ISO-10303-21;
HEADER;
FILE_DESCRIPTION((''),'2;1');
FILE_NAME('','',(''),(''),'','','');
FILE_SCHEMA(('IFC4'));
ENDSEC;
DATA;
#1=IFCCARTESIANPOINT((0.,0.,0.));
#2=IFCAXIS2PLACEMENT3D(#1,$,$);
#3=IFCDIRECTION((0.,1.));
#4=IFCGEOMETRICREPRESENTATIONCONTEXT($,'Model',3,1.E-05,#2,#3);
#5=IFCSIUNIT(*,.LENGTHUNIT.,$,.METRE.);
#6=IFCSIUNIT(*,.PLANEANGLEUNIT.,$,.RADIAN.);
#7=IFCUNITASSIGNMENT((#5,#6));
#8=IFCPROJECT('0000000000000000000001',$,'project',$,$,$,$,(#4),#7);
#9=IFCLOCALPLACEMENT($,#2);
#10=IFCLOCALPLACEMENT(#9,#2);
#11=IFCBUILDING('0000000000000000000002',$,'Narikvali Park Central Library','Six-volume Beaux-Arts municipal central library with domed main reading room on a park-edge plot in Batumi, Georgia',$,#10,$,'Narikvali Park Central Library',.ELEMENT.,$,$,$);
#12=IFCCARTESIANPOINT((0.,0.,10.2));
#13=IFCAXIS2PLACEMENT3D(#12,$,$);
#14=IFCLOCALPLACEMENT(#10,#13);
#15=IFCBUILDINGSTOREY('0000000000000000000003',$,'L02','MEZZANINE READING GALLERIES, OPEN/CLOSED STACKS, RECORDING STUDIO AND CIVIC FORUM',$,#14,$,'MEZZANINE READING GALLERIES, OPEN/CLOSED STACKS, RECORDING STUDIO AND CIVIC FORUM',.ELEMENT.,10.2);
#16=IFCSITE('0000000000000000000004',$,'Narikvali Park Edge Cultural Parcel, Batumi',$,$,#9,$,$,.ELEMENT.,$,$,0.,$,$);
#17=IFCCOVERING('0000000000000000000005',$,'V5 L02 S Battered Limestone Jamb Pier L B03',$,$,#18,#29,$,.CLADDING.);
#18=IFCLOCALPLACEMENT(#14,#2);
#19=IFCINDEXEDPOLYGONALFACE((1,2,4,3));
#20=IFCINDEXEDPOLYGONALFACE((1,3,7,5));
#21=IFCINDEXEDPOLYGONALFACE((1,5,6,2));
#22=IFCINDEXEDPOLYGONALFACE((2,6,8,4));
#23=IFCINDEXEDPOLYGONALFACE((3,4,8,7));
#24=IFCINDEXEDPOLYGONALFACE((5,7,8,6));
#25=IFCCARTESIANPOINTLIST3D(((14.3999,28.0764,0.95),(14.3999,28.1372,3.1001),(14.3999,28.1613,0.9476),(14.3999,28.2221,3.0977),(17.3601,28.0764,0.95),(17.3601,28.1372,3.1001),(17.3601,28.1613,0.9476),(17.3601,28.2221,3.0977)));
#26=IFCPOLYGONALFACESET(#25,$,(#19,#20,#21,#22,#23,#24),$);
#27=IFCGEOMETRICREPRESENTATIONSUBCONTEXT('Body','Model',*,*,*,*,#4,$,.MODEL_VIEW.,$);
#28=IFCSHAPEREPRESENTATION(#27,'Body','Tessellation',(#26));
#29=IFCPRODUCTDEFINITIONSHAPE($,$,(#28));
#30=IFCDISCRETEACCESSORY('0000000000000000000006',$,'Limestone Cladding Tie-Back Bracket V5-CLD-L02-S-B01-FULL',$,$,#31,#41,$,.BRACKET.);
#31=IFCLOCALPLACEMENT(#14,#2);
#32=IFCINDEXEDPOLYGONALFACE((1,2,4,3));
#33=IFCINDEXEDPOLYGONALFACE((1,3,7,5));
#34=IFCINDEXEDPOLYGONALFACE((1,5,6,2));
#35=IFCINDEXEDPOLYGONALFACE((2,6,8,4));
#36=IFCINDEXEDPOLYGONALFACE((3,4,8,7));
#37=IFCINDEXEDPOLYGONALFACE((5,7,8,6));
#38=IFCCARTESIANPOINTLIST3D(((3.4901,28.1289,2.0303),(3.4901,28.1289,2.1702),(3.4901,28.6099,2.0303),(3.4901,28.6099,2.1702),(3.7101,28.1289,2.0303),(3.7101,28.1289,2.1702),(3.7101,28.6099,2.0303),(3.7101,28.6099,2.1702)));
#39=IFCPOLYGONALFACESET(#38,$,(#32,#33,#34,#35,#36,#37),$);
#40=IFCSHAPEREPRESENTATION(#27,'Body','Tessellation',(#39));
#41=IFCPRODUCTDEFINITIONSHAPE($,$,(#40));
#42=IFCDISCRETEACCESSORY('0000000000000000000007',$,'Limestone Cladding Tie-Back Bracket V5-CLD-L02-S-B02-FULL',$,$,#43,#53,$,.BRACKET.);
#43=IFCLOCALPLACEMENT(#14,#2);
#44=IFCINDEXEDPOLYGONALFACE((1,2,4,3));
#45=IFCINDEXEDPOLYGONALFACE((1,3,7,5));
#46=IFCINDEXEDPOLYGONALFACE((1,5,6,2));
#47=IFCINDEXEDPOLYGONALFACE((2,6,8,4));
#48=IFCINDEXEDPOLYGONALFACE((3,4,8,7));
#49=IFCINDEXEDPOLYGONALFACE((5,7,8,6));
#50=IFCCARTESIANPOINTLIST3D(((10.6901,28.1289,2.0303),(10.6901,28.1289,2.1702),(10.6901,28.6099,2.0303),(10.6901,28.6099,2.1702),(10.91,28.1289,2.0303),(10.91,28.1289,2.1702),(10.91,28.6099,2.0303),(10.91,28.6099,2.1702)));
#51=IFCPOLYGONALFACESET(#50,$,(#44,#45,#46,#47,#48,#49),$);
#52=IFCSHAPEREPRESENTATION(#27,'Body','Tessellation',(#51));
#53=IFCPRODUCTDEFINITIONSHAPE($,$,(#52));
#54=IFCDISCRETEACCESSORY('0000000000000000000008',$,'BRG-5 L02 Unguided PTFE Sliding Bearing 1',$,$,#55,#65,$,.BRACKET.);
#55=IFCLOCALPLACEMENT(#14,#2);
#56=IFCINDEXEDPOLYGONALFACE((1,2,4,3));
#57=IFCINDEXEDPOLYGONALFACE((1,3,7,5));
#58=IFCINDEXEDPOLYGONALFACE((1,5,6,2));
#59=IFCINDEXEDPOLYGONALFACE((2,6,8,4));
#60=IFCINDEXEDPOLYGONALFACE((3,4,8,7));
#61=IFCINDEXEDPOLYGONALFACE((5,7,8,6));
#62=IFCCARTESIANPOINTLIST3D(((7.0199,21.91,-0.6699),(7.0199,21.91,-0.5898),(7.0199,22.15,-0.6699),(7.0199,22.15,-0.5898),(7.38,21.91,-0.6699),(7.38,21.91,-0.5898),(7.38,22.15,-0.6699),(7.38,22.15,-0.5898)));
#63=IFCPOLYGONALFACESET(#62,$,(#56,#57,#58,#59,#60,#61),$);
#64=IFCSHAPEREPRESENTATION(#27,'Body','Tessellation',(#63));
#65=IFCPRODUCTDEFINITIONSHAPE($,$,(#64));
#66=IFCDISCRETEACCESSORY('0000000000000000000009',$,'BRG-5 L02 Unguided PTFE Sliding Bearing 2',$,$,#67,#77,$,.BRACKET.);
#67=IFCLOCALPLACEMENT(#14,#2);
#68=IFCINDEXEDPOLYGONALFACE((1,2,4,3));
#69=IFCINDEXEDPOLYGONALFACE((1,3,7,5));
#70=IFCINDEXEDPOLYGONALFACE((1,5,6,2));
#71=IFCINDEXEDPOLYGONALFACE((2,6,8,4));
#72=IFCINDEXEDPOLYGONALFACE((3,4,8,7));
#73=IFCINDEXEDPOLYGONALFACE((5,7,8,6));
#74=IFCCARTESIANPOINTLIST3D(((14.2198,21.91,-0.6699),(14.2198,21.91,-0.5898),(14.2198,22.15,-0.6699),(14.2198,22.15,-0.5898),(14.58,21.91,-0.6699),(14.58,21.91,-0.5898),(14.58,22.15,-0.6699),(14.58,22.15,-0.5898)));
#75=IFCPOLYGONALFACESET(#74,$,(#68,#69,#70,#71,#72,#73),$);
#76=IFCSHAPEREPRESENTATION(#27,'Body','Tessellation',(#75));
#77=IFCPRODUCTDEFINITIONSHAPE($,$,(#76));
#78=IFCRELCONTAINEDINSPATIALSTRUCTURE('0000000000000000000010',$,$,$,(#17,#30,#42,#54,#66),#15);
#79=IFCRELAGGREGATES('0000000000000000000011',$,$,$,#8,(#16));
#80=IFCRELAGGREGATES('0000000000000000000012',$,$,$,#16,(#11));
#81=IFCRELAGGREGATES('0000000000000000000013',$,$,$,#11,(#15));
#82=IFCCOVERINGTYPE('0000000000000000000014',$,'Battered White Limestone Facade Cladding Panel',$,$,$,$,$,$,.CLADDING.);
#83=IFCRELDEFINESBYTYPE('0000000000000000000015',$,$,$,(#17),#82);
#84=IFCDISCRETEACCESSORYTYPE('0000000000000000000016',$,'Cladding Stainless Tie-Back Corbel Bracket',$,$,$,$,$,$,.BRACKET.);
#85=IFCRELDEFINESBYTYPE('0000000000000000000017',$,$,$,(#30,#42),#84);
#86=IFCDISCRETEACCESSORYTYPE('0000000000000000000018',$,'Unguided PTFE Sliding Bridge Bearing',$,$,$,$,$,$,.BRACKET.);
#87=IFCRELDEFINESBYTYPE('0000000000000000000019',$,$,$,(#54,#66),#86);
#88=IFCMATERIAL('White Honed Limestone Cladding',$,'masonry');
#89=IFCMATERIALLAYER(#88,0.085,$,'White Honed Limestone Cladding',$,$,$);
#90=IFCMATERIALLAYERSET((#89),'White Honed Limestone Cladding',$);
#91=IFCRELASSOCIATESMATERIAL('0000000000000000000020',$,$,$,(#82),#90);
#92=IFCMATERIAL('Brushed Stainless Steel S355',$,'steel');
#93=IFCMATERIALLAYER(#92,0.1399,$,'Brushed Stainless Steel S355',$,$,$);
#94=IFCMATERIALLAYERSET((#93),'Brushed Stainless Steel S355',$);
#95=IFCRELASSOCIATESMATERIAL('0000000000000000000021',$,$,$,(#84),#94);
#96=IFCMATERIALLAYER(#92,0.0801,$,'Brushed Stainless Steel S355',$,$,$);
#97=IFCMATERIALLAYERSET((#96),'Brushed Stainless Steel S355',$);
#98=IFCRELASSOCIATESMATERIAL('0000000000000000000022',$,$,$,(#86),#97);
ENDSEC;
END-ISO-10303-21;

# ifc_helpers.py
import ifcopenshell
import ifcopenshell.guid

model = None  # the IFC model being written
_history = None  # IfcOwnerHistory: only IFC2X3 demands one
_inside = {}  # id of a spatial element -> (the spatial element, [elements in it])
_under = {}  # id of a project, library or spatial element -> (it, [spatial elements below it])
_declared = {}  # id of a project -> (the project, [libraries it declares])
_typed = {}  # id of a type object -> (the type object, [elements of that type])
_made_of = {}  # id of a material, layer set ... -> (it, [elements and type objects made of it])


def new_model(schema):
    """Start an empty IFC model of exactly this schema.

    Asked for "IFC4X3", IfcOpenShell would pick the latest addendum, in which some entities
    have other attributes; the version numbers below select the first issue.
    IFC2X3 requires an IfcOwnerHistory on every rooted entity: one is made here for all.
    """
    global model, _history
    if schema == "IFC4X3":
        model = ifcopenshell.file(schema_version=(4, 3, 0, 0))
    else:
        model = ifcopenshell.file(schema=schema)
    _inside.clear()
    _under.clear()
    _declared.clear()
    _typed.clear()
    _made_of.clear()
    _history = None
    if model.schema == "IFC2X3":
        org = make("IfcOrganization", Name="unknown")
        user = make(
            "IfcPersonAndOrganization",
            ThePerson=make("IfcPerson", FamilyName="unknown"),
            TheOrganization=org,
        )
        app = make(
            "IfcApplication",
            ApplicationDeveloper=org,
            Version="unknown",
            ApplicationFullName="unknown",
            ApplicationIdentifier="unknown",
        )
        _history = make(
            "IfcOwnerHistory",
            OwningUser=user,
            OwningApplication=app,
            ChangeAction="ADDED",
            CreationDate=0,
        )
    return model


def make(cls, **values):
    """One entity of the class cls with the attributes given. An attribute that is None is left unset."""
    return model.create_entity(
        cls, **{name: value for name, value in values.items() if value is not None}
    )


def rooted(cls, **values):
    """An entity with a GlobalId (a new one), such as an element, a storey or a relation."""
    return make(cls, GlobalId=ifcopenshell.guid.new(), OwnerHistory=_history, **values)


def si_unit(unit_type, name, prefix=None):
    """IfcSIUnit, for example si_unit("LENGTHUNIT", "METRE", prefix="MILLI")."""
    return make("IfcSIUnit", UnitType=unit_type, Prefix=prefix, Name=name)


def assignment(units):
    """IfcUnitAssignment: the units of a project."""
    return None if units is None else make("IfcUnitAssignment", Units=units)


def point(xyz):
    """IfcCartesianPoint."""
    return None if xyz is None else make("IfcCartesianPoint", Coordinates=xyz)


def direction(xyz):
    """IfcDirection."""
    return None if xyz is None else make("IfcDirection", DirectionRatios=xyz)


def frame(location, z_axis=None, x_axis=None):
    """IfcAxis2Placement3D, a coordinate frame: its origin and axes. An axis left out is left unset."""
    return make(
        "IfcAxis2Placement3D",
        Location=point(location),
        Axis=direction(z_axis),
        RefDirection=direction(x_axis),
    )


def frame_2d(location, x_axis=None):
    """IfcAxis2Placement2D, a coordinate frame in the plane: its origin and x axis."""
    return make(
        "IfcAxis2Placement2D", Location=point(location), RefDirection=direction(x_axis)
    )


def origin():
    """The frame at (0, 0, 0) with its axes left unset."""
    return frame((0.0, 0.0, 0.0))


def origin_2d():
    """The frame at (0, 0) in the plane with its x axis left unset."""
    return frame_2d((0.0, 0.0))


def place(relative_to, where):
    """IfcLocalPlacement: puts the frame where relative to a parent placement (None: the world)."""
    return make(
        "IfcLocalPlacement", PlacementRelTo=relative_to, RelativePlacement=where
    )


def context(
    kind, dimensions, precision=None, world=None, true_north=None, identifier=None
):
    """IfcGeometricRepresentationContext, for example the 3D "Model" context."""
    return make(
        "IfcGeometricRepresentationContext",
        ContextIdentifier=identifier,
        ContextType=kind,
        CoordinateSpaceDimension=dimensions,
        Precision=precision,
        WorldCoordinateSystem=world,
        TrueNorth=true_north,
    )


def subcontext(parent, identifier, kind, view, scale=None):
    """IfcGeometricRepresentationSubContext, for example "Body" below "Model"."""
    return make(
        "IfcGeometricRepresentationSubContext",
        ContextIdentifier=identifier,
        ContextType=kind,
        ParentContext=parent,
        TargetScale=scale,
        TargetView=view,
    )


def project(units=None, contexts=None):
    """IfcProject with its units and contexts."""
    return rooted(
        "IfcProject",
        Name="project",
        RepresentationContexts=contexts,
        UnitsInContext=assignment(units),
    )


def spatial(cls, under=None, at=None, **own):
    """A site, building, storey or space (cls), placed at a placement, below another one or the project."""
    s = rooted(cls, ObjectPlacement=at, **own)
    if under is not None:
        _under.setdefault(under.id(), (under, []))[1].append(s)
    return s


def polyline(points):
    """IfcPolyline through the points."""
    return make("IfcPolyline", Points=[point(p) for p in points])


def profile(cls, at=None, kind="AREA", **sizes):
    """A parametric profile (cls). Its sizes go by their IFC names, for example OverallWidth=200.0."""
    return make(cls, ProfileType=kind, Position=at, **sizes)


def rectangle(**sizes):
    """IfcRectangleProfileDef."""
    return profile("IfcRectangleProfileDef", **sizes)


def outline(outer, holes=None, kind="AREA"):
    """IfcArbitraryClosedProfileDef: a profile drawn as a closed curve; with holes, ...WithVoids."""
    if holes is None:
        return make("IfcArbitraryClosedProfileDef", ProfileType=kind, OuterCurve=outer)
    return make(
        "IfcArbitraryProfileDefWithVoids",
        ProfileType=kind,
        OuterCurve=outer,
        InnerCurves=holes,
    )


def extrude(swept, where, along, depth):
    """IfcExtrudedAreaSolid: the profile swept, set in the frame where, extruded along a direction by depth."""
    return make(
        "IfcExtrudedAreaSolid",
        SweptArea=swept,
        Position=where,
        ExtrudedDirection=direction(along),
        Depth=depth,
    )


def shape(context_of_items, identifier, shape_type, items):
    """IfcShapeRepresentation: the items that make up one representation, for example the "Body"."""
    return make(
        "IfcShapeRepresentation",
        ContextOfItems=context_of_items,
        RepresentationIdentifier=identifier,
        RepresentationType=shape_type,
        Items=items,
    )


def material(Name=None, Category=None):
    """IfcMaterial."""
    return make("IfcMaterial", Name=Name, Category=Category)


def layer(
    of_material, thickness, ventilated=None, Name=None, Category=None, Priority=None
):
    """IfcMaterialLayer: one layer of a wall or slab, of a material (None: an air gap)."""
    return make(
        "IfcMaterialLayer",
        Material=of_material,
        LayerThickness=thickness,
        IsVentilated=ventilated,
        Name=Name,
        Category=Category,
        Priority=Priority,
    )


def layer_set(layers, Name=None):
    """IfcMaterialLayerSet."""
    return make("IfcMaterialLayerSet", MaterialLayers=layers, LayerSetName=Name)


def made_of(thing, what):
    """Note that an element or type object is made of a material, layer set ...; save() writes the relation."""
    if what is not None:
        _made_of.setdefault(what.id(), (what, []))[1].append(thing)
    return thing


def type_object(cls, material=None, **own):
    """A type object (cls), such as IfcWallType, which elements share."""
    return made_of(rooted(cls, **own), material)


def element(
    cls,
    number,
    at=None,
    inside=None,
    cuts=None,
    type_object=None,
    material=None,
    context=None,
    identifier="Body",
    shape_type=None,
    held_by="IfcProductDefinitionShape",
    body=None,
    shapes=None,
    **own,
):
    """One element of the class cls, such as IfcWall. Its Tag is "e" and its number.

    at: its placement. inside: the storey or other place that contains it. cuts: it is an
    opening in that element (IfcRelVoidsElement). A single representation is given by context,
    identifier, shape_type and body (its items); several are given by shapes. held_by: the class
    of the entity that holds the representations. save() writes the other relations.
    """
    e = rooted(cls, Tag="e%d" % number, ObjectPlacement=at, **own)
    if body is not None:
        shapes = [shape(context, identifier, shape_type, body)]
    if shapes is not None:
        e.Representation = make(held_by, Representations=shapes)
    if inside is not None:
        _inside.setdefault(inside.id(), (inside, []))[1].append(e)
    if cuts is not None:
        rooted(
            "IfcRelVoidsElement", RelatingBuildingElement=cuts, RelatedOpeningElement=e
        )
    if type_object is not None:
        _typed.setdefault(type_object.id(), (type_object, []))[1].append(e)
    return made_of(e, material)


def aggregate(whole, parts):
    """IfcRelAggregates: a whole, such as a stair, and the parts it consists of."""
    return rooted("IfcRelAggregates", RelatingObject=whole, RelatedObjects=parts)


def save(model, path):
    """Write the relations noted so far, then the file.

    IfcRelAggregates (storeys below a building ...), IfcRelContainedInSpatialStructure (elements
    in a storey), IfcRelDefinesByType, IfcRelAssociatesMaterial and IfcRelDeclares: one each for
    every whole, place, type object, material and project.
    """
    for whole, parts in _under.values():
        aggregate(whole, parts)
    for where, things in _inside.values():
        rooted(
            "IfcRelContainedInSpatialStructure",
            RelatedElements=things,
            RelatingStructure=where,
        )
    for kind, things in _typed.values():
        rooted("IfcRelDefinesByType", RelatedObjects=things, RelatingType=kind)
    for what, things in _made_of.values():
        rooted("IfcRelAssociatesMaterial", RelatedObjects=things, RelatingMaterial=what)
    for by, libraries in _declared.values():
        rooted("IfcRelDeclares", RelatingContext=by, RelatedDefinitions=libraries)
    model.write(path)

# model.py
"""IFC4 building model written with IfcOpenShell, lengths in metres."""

from ifc_helpers import new_model, si_unit, direction, frame, origin, origin_2d, place, context, subcontext, project, spatial, polyline, rectangle, outline, extrude, material, layer, layer_set, type_object, element, save


model = new_model("IFC4")

# Units and contexts
model_context = context("Model", 3, precision=1e-05, world=origin(), true_north=direction((0.0, 1.0)))
body_context = subcontext(model_context, "Body", "Model", "MODEL_VIEW")
ifc_project = project(units=[si_unit("LENGTHUNIT", "METRE"), si_unit("PLANEANGLEUNIT", "RADIAN")], contexts=[model_context])

# Site, building, storey
site_placement = place(None, origin())
site = spatial("IfcSite", under=ifc_project, at=site_placement, Name="Narikvali Park Edge Cultural Parcel, Batumi", CompositionType="ELEMENT", RefElevation=0.0)
building_placement = place(site_placement, origin())
building = spatial("IfcBuilding", under=site, at=building_placement, Name="Narikvali Park Central Library", Description="Six-volume Beaux-Arts municipal central library with domed main reading room on a park-edge plot in Batumi, Georgia", LongName="Narikvali Park Central Library", CompositionType="ELEMENT")
storey_placement = place(building_placement, frame((0.0, 0.0, 10.2)))
storey = spatial("IfcBuildingStorey", under=building, at=storey_placement, Name="L02", Description="MEZZANINE READING GALLERIES, OPEN/CLOSED STACKS, RECORDING STUDIO AND CIVIC FORUM", LongName="MEZZANINE READING GALLERIES, OPEN/CLOSED STACKS, RECORDING STUDIO AND CIVIC FORUM", CompositionType="ELEMENT", Elevation=10.2)

# Covering
ifc_material_1 = material(Name="White Honed Limestone Cladding", Category="masonry")
ifc_layer_1 = layer(ifc_material_1, 0.085, Name="White Honed Limestone Cladding")
ifc_layer_set_1 = layer_set([ifc_layer_1], Name="White Honed Limestone Cladding")
covering_type = type_object("IfcCoveringType", Name="Battered White Limestone Facade Cladding Panel", PredefinedType="CLADDING", material=ifc_layer_set_1)
covering_1_placement = place(storey_placement, frame((14.3999, 28.0764, 0.95), z_axis=(0.0, -0.999601, 0.028262), x_axis=(1.0, 0.0, 0.0)))
element("IfcCovering", 1, at=covering_1_placement, inside=storey, type_object=covering_type, Name="V5 L02 S Battered Limestone Jamb Pier L B03", PredefinedType="CLADDING", context=body_context, shape_type="SweptSolid", body=[
    extrude(outline(polyline([(0.0, 0.0), (2.9602, 0.0), (2.9602, 2.151), (0.0, 2.151), (0.0, 0.0)])), origin(), (0.0, 0.0, -1.0), 0.085),
])

# Discrete accessories
ifc_material_2 = material(Name="Brushed Stainless Steel S355", Category="steel")
ifc_layer_2 = layer(ifc_material_2, 0.1399, Name="Brushed Stainless Steel S355")
ifc_layer_set_2 = layer_set([ifc_layer_2], Name="Brushed Stainless Steel S355")
discrete_accessory_type_1 = type_object("IfcDiscreteAccessoryType", Name="Cladding Stainless Tie-Back Corbel Bracket", PredefinedType="BRACKET", material=ifc_layer_set_2)
for number, where, z_axis, x_axis, name in (
    (2, (3.6001, 28.3694, 2.0303), (0.0, 0.0, 1.0), (1.0, 0.0, 0.0), "Limestone Cladding Tie-Back Bracket V5-CLD-L02-S-B01-FULL"),
    (3, (10.8, 28.3694, 2.0303), (0.0, 0.0, 1.0), (1.0, 0.0, 0.0), "Limestone Cladding Tie-Back Bracket V5-CLD-L02-S-B02-FULL"),
):
    element("IfcDiscreteAccessory", number, at=place(storey_placement, frame(where, z_axis=z_axis, x_axis=x_axis)), inside=storey, type_object=discrete_accessory_type_1, Name=name, PredefinedType="BRACKET", context=body_context, shape_type="SweptSolid", body=[
        extrude(rectangle(XDim=0.22, YDim=0.481, at=origin_2d()), origin(), (0.0, 0.0, 1.0), 0.1399),
    ])
ifc_layer_3 = layer(ifc_material_2, 0.0801, Name="Brushed Stainless Steel S355")
ifc_layer_set_3 = layer_set([ifc_layer_3], Name="Brushed Stainless Steel S355")
discrete_accessory_type_2 = type_object("IfcDiscreteAccessoryType", Name="Unguided PTFE Sliding Bridge Bearing", PredefinedType="BRACKET", material=ifc_layer_set_3)
for number, where, z_axis, x_axis, name in (
    (4, (7.2, 22.03, -0.6699), (0.0, 0.0, 1.0), (1.0, 0.0, 0.0), "BRG-5 L02 Unguided PTFE Sliding Bearing 1"),
    (5, (14.3999, 22.03, -0.6699), (0.0, 0.0, 1.0), (1.0, 0.0, 0.0), "BRG-5 L02 Unguided PTFE Sliding Bearing 2"),
):
    element("IfcDiscreteAccessory", number, at=place(storey_placement, frame(where, z_axis=z_axis, x_axis=x_axis)), inside=storey, type_object=discrete_accessory_type_2, Name=name, PredefinedType="BRACKET", context=body_context, shape_type="SweptSolid", body=[
        extrude(rectangle(XDim=0.3601, YDim=0.24, at=origin_2d()), origin(), (0.0, 0.0, 1.0), 0.0801),
    ])

save(model, "model.ifc")
